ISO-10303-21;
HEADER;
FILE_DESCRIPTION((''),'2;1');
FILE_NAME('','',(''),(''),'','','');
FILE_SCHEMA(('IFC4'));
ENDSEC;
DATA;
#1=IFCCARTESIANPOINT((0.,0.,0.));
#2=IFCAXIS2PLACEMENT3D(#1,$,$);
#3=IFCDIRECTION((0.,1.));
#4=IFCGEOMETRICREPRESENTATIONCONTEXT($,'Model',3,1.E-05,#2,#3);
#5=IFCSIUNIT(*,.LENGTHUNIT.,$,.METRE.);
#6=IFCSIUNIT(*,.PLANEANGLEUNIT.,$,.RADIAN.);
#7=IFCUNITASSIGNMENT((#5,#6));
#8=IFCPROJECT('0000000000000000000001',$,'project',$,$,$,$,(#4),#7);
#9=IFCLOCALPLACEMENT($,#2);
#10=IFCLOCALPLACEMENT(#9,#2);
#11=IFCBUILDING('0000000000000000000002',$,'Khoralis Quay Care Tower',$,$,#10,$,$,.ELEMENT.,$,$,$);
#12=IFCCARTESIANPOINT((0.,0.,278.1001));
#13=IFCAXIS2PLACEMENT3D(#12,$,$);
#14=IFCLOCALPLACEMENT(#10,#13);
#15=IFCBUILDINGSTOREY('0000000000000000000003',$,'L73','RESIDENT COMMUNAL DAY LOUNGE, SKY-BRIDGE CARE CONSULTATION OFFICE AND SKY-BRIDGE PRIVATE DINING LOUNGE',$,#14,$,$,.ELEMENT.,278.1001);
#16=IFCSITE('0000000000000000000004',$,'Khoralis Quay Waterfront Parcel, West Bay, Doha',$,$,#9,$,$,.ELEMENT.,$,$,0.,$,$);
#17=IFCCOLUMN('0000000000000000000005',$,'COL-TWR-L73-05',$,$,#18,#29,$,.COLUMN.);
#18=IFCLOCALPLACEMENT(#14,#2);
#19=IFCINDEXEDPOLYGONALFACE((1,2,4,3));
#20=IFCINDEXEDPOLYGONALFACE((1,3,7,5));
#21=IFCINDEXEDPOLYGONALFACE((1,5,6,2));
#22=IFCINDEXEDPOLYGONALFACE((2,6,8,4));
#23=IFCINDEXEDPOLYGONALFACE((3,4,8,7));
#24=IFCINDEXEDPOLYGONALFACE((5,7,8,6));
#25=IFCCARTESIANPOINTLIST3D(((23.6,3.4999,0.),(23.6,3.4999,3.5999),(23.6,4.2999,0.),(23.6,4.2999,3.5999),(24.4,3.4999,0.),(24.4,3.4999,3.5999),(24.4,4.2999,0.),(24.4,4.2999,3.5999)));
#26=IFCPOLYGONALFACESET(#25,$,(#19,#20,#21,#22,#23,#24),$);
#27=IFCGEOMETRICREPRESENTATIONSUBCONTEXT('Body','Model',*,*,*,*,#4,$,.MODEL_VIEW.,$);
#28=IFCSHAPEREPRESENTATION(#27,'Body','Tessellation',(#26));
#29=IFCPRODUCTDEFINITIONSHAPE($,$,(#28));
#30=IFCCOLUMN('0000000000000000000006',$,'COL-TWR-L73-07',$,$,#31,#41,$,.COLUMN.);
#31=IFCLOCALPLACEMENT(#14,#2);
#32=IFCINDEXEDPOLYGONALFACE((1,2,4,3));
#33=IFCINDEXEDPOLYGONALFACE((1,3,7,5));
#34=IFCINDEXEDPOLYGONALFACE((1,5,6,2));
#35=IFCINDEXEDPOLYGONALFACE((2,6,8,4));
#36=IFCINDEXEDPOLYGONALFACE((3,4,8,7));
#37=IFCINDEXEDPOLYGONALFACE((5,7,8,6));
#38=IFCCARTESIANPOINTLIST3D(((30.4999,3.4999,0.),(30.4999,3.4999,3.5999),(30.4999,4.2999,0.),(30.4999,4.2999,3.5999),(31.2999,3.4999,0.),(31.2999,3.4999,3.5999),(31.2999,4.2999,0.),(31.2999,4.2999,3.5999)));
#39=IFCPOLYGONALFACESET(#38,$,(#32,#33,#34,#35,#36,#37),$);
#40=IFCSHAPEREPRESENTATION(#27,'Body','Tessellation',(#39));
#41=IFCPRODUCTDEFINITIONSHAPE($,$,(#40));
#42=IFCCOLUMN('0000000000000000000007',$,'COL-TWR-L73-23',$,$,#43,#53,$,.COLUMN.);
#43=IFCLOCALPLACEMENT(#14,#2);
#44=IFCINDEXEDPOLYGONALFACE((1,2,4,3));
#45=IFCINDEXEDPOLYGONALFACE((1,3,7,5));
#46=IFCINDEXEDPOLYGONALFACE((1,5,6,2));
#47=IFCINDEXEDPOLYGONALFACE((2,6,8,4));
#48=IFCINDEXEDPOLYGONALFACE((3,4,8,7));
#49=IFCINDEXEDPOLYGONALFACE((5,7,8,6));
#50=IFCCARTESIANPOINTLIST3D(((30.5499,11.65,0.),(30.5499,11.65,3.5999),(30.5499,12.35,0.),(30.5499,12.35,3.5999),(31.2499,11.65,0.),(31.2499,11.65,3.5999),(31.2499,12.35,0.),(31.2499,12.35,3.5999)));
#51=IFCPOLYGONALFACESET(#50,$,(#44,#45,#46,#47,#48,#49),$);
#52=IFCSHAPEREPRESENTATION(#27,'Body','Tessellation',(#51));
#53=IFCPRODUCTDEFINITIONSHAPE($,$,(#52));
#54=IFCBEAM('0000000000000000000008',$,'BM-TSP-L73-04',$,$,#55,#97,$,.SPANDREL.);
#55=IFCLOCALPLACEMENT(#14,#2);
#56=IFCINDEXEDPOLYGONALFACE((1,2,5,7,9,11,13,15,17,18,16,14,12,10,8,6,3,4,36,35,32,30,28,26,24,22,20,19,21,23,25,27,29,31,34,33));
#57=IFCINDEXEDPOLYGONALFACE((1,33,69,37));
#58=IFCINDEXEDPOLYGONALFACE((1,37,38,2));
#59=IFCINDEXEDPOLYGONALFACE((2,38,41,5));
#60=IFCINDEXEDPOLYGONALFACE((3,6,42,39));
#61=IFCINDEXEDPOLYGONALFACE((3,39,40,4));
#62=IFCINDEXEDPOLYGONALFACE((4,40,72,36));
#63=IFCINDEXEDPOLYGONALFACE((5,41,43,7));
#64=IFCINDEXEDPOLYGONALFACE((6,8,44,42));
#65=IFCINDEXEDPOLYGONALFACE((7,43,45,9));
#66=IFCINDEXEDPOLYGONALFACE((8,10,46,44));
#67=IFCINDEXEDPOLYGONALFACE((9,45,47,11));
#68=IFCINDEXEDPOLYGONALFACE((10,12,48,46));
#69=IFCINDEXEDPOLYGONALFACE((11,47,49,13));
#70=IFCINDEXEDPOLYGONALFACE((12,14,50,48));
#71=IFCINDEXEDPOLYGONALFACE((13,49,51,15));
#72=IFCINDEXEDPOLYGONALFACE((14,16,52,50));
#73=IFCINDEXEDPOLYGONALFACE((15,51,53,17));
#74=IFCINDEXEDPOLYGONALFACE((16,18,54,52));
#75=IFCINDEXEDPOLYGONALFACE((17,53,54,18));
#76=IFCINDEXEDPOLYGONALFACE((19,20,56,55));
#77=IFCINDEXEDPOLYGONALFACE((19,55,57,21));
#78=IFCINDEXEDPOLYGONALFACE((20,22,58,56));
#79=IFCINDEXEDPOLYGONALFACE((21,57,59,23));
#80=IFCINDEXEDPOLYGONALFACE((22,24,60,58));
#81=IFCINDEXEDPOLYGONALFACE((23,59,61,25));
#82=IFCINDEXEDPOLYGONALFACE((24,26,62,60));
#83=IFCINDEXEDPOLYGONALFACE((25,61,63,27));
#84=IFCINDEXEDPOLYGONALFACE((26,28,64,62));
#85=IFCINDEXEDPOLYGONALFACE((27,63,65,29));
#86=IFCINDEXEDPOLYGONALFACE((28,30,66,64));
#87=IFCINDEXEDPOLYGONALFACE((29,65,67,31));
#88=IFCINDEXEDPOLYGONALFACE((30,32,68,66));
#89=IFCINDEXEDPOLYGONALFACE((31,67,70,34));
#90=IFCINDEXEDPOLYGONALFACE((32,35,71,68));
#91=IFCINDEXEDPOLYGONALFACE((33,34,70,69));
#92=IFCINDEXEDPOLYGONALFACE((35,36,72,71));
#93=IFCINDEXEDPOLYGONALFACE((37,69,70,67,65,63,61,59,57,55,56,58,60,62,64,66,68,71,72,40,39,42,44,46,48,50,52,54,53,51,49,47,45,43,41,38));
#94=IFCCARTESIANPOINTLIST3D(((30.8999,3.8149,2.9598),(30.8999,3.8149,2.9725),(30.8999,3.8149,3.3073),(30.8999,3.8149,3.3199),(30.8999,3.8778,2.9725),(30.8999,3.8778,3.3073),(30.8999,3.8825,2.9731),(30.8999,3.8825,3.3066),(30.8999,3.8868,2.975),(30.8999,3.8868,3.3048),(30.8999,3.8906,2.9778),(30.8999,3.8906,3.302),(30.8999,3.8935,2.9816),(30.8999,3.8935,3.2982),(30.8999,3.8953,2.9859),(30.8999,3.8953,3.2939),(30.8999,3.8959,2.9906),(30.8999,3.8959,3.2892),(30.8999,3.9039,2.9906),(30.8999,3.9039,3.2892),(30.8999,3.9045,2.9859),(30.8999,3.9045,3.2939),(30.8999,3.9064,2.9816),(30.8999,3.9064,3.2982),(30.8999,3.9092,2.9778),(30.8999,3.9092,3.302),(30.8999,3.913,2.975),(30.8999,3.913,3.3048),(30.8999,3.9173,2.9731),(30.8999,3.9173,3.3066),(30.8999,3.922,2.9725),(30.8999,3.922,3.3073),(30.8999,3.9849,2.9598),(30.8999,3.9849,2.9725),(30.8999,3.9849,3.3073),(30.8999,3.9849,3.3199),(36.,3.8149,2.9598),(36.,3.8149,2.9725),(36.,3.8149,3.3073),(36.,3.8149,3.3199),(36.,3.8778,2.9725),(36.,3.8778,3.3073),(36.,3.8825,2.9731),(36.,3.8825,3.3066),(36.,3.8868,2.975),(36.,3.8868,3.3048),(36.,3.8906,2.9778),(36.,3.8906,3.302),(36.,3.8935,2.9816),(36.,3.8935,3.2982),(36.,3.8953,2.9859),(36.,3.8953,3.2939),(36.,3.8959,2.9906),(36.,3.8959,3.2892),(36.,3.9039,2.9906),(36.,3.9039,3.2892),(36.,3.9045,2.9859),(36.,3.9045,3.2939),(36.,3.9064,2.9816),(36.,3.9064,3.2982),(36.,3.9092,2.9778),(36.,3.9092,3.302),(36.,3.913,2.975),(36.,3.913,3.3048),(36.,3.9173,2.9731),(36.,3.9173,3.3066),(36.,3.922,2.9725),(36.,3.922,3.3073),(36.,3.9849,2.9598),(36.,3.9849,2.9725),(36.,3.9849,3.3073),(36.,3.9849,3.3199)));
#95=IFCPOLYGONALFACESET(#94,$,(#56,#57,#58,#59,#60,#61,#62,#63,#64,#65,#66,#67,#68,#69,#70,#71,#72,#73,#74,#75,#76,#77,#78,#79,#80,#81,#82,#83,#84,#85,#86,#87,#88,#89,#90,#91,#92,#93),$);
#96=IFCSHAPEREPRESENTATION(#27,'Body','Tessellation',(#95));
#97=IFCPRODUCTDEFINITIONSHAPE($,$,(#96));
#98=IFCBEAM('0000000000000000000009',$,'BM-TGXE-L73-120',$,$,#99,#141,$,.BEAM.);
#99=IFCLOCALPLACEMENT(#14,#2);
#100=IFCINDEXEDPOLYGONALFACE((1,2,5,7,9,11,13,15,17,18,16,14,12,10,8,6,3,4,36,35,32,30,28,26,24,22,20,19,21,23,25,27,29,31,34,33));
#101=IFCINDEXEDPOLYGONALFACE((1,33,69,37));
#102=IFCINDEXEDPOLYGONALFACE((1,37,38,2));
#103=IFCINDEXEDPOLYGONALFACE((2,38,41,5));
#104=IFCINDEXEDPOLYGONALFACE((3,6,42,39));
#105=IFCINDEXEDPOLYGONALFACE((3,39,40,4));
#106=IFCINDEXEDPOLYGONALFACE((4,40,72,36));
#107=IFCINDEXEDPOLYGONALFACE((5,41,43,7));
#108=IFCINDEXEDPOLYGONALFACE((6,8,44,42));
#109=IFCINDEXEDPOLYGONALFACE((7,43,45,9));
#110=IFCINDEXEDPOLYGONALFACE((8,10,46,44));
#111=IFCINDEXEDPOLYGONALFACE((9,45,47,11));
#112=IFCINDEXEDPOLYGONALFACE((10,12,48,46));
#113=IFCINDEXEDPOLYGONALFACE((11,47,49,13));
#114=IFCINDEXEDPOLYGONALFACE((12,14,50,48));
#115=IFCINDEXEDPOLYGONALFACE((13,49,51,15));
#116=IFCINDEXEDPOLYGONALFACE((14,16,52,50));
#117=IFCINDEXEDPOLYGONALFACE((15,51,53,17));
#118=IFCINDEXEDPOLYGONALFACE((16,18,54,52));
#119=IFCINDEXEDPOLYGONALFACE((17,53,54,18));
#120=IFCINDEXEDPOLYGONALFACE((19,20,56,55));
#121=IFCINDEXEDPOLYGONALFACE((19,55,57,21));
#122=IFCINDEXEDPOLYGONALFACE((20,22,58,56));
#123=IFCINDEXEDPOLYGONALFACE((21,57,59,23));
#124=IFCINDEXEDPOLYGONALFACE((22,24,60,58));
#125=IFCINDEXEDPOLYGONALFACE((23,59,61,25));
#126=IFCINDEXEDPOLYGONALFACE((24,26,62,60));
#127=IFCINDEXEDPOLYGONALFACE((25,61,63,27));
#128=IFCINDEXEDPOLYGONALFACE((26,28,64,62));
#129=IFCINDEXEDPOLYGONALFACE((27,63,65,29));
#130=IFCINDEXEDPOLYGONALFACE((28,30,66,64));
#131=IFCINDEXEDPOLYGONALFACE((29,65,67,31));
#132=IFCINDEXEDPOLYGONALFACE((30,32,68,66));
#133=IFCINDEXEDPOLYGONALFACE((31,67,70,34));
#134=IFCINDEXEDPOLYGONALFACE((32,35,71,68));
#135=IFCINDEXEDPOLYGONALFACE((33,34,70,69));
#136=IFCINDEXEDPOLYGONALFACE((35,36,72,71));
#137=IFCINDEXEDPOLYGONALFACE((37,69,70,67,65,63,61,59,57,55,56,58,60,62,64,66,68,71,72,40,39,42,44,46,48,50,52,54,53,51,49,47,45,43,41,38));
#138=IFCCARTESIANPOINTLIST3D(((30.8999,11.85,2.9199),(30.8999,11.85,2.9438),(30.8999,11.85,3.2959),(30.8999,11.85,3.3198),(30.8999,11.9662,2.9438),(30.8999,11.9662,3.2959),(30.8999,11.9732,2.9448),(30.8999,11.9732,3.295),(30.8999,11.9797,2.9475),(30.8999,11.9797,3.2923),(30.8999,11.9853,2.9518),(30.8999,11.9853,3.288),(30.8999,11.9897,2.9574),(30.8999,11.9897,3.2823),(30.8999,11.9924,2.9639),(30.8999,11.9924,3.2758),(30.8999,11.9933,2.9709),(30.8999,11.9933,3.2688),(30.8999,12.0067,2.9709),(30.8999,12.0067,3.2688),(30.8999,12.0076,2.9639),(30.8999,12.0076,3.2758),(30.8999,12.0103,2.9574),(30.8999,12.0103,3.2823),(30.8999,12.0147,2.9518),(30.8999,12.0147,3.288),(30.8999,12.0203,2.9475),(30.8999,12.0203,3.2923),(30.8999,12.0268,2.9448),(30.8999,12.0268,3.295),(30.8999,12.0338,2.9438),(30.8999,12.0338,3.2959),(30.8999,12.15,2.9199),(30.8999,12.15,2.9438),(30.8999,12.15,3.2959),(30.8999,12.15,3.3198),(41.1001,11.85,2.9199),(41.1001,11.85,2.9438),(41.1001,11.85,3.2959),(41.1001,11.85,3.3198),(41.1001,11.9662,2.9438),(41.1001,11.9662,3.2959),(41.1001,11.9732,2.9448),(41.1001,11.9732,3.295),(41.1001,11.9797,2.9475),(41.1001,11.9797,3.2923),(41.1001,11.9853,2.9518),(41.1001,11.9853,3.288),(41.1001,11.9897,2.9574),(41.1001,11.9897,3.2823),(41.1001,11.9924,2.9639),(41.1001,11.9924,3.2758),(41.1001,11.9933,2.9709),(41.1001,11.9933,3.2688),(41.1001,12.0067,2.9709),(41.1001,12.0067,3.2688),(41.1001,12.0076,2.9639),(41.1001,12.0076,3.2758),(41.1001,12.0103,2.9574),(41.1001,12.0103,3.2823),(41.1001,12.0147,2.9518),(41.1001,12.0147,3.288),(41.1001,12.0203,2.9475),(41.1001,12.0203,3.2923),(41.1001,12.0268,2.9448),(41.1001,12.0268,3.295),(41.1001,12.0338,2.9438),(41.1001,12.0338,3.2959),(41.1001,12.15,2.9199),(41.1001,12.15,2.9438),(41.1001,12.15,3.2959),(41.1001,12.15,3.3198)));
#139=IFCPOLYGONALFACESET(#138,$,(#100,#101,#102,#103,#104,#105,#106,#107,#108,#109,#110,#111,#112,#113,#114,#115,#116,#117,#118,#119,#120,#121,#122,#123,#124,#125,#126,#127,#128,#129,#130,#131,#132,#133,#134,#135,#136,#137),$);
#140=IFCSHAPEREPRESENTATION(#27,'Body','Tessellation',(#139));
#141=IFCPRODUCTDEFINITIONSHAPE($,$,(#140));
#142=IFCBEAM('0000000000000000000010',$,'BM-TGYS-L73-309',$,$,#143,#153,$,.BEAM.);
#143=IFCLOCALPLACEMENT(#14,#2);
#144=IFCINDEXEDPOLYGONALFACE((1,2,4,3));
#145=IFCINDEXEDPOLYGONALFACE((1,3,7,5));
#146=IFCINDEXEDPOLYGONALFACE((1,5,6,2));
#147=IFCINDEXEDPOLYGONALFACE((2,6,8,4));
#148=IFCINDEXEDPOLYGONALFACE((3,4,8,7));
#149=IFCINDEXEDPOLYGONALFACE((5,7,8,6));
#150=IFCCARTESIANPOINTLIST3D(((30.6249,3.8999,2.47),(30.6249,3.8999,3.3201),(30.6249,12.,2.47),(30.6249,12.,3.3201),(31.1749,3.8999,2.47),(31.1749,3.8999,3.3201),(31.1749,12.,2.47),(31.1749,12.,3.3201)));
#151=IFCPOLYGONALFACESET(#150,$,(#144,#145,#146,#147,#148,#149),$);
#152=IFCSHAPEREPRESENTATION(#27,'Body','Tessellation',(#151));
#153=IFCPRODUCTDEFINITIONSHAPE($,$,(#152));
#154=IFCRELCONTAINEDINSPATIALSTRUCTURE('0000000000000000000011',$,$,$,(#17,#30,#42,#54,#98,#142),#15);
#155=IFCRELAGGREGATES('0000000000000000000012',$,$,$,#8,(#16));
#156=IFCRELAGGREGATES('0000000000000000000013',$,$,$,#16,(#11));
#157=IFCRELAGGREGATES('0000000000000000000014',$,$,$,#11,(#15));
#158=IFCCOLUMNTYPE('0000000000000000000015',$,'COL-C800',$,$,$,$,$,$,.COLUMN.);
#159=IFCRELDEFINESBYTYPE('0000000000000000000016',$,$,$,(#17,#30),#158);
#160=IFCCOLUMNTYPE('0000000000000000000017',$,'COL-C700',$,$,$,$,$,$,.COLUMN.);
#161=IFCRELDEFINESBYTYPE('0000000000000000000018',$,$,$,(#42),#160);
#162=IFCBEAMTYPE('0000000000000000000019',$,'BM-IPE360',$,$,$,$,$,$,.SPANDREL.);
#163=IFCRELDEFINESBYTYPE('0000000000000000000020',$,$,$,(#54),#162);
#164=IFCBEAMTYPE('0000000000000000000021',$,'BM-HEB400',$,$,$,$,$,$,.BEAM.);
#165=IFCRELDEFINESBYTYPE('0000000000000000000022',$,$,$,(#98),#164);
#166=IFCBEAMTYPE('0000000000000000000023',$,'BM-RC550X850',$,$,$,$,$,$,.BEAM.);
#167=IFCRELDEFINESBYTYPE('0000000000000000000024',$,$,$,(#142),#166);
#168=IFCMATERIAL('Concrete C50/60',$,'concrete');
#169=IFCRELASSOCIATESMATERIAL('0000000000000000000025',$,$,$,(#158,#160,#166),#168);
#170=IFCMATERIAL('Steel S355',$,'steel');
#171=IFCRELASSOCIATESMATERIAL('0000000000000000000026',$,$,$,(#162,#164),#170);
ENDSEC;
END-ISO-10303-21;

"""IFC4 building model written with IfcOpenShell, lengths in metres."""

from ifc_helpers import new_model, si_unit, direction, frame, origin, origin_2d, place, context, subcontext, project, spatial, rectangle, i_section, extrude, source, transform, mapped, material, material_profile, profile_set, type_object, element, save


model = new_model("IFC4")

# Units and contexts
model_context = context("Model", 3, precision=1e-05, world=origin(), true_north=direction((0.0, 1.0)))
body_context = subcontext(model_context, "Body", "Model", "MODEL_VIEW")
ifc_project = project(units=[si_unit("LENGTHUNIT", "METRE"), si_unit("PLANEANGLEUNIT", "RADIAN")], contexts=[model_context])

# Site, building, storey
site_placement = place(None, origin())
site = spatial("IfcSite", under=ifc_project, at=site_placement, Name="Khoralis Quay Waterfront Parcel, West Bay, Doha", CompositionType="ELEMENT", RefElevation=0.0)
building_placement = place(site_placement, origin())
building = spatial("IfcBuilding", under=site, at=building_placement, Name="Khoralis Quay Care Tower", CompositionType="ELEMENT")
storey_placement = place(building_placement, frame((0.0, 0.0, 278.1001)))
storey = spatial("IfcBuildingStorey", under=building, at=storey_placement, Name="L73", Description="RESIDENT COMMUNAL DAY LOUNGE, SKY-BRIDGE CARE CONSULTATION OFFICE AND SKY-BRIDGE PRIVATE DINING LOUNGE", CompositionType="ELEMENT", Elevation=278.1001)

# Columns
ifc_material_1 = material(Name="Concrete C50/60", Category="concrete")
ifc_material_profile_1 = material_profile(ifc_material_1, rectangle(XDim=0.8, YDim=0.8, at=origin_2d()), Name="Concrete C50/60")
ifc_profile_set_1 = profile_set([ifc_material_profile_1], Name="Concrete C50/60")
column_type_1 = type_object("IfcColumnType", Name="COL-C800", PredefinedType="COLUMN", material=ifc_profile_set_1)
shared_shape_1 = source(origin(), body_context, "Body", "SweptSolid", [
    extrude(rectangle(XDim=0.8, YDim=0.8, at=origin_2d()), origin(), (0.0, 0.0, 1.0), 3.5999),
])
for number, where, z_axis, x_axis, name in (
    (1, (24.0, 3.8999, 0.0), (0.0, 0.0, 1.0), (1.0, 0.0, 0.0), "COL-TWR-L73-05"),
    (2, (30.8999, 3.8999, 0.0), (0.0, 0.0, 1.0), (1.0, 0.0, 0.0), "COL-TWR-L73-07"),
):
    element("IfcColumn", number, at=place(storey_placement, frame(where, z_axis=z_axis, x_axis=x_axis)), inside=storey, type_object=column_type_1, Name=name, PredefinedType="COLUMN", context=body_context, shape_type="MappedRepresentation", body=[
        mapped(shared_shape_1, transform((0.0, 0.0, 0.0), scale=1.0)),
    ])
ifc_material_profile_2 = material_profile(ifc_material_1, rectangle(XDim=0.7, YDim=0.7, at=origin_2d()), Name="Concrete C50/60")
ifc_profile_set_2 = profile_set([ifc_material_profile_2], Name="Concrete C50/60")
column_type_2 = type_object("IfcColumnType", Name="COL-C700", PredefinedType="COLUMN", material=ifc_profile_set_2)
shared_shape_2 = source(origin(), body_context, "Body", "SweptSolid", [
    extrude(rectangle(XDim=0.7, YDim=0.7, at=origin_2d()), origin(), (0.0, 0.0, 1.0), 3.5999),
])
column_placement = place(storey_placement, frame((30.8999, 12.0, 0.0), z_axis=(0.0, 0.0, 1.0), x_axis=(1.0, 0.0, 0.0)))
element("IfcColumn", 3, at=column_placement, inside=storey, type_object=column_type_2, Name="COL-TWR-L73-23", PredefinedType="COLUMN", context=body_context, shape_type="MappedRepresentation", body=[
    mapped(shared_shape_2, transform((0.0, 0.0, 0.0), scale=1.0)),
])

# Beams
ifc_material_2 = material(Name="Steel S355", Category="steel")
ifc_material_profile_3 = material_profile(ifc_material_2, i_section(OverallWidth=0.1699, OverallDepth=0.3601, WebThickness=0.0081, FlangeThickness=0.0127, FilletRadius=0.0181, at=origin_2d()), Name="Steel S355")
ifc_profile_set_3 = profile_set([ifc_material_profile_3], Name="Steel S355")
beam_type_1 = type_object("IfcBeamType", Name="BM-IPE360", PredefinedType="SPANDREL", material=ifc_profile_set_3)
shared_shape_3 = source(origin(), body_context, "Body", "SweptSolid", [
    extrude(i_section(OverallWidth=0.1699, OverallDepth=0.3601, WebThickness=0.0081, FlangeThickness=0.0127, FilletRadius=0.0181, at=origin_2d()), origin(), (0.0, 0.0, 1.0), 5.1001),
])
beam_1_placement = place(storey_placement, frame((30.8999, 3.8999, 3.1399), z_axis=(1.0, 0.0, 0.0), x_axis=(0.0, 1.0, 0.0)))
element("IfcBeam", 4, at=beam_1_placement, inside=storey, type_object=beam_type_1, Name="BM-TSP-L73-04", PredefinedType="SPANDREL", context=body_context, shape_type="MappedRepresentation", body=[
    mapped(shared_shape_3, transform((0.0, 0.0, 0.0), scale=1.0)),
])
ifc_material_profile_4 = material_profile(ifc_material_2, i_section(OverallWidth=0.3, OverallDepth=0.3999, WebThickness=0.0134, FlangeThickness=0.0239, FilletRadius=0.0271, at=origin_2d()), Name="Steel S355")
ifc_profile_set_4 = profile_set([ifc_material_profile_4], Name="Steel S355")
beam_type_2 = type_object("IfcBeamType", Name="BM-HEB400", PredefinedType="BEAM", material=ifc_profile_set_4)
shared_shape_4 = source(origin(), body_context, "Body", "SweptSolid", [
    extrude(i_section(OverallWidth=0.3, OverallDepth=0.3999, WebThickness=0.0134, FlangeThickness=0.0239, FilletRadius=0.0271, at=origin_2d()), origin(), (0.0, 0.0, 1.0), 10.2002),
])
beam_2_placement = place(storey_placement, frame((30.8999, 12.0, 3.1199), z_axis=(1.0, 0.0, 0.0), x_axis=(0.0, 1.0, 0.0)))
element("IfcBeam", 5, at=beam_2_placement, inside=storey, type_object=beam_type_2, Name="BM-TGXE-L73-120", PredefinedType="BEAM", context=body_context, shape_type="MappedRepresentation", body=[
    mapped(shared_shape_4, transform((0.0, 0.0, 0.0), scale=1.0)),
])
ifc_material_profile_5 = material_profile(ifc_material_1, rectangle(XDim=0.55, YDim=0.8501, at=origin_2d()), Name="Concrete C50/60")
ifc_profile_set_5 = profile_set([ifc_material_profile_5], Name="Concrete C50/60")
beam_type_3 = type_object("IfcBeamType", Name="BM-RC550X850", PredefinedType="BEAM", material=ifc_profile_set_5)
shared_shape_5 = source(origin(), body_context, "Body", "SweptSolid", [
    extrude(rectangle(XDim=0.55, YDim=0.8501, at=origin_2d()), origin(), (0.0, 0.0, 1.0), 8.1001),
])
beam_3_placement = place(storey_placement, frame((30.8999, 3.8999, 2.895), z_axis=(0.0, 1.0, 0.0), x_axis=(-1.0, 0.0, 0.0)))
element("IfcBeam", 6, at=beam_3_placement, inside=storey, type_object=beam_type_3, Name="BM-TGYS-L73-309", PredefinedType="BEAM", context=body_context, shape_type="MappedRepresentation", body=[
    mapped(shared_shape_5, transform((0.0, 0.0, 0.0), scale=1.0)),
])

save(model, "model.ifc")
